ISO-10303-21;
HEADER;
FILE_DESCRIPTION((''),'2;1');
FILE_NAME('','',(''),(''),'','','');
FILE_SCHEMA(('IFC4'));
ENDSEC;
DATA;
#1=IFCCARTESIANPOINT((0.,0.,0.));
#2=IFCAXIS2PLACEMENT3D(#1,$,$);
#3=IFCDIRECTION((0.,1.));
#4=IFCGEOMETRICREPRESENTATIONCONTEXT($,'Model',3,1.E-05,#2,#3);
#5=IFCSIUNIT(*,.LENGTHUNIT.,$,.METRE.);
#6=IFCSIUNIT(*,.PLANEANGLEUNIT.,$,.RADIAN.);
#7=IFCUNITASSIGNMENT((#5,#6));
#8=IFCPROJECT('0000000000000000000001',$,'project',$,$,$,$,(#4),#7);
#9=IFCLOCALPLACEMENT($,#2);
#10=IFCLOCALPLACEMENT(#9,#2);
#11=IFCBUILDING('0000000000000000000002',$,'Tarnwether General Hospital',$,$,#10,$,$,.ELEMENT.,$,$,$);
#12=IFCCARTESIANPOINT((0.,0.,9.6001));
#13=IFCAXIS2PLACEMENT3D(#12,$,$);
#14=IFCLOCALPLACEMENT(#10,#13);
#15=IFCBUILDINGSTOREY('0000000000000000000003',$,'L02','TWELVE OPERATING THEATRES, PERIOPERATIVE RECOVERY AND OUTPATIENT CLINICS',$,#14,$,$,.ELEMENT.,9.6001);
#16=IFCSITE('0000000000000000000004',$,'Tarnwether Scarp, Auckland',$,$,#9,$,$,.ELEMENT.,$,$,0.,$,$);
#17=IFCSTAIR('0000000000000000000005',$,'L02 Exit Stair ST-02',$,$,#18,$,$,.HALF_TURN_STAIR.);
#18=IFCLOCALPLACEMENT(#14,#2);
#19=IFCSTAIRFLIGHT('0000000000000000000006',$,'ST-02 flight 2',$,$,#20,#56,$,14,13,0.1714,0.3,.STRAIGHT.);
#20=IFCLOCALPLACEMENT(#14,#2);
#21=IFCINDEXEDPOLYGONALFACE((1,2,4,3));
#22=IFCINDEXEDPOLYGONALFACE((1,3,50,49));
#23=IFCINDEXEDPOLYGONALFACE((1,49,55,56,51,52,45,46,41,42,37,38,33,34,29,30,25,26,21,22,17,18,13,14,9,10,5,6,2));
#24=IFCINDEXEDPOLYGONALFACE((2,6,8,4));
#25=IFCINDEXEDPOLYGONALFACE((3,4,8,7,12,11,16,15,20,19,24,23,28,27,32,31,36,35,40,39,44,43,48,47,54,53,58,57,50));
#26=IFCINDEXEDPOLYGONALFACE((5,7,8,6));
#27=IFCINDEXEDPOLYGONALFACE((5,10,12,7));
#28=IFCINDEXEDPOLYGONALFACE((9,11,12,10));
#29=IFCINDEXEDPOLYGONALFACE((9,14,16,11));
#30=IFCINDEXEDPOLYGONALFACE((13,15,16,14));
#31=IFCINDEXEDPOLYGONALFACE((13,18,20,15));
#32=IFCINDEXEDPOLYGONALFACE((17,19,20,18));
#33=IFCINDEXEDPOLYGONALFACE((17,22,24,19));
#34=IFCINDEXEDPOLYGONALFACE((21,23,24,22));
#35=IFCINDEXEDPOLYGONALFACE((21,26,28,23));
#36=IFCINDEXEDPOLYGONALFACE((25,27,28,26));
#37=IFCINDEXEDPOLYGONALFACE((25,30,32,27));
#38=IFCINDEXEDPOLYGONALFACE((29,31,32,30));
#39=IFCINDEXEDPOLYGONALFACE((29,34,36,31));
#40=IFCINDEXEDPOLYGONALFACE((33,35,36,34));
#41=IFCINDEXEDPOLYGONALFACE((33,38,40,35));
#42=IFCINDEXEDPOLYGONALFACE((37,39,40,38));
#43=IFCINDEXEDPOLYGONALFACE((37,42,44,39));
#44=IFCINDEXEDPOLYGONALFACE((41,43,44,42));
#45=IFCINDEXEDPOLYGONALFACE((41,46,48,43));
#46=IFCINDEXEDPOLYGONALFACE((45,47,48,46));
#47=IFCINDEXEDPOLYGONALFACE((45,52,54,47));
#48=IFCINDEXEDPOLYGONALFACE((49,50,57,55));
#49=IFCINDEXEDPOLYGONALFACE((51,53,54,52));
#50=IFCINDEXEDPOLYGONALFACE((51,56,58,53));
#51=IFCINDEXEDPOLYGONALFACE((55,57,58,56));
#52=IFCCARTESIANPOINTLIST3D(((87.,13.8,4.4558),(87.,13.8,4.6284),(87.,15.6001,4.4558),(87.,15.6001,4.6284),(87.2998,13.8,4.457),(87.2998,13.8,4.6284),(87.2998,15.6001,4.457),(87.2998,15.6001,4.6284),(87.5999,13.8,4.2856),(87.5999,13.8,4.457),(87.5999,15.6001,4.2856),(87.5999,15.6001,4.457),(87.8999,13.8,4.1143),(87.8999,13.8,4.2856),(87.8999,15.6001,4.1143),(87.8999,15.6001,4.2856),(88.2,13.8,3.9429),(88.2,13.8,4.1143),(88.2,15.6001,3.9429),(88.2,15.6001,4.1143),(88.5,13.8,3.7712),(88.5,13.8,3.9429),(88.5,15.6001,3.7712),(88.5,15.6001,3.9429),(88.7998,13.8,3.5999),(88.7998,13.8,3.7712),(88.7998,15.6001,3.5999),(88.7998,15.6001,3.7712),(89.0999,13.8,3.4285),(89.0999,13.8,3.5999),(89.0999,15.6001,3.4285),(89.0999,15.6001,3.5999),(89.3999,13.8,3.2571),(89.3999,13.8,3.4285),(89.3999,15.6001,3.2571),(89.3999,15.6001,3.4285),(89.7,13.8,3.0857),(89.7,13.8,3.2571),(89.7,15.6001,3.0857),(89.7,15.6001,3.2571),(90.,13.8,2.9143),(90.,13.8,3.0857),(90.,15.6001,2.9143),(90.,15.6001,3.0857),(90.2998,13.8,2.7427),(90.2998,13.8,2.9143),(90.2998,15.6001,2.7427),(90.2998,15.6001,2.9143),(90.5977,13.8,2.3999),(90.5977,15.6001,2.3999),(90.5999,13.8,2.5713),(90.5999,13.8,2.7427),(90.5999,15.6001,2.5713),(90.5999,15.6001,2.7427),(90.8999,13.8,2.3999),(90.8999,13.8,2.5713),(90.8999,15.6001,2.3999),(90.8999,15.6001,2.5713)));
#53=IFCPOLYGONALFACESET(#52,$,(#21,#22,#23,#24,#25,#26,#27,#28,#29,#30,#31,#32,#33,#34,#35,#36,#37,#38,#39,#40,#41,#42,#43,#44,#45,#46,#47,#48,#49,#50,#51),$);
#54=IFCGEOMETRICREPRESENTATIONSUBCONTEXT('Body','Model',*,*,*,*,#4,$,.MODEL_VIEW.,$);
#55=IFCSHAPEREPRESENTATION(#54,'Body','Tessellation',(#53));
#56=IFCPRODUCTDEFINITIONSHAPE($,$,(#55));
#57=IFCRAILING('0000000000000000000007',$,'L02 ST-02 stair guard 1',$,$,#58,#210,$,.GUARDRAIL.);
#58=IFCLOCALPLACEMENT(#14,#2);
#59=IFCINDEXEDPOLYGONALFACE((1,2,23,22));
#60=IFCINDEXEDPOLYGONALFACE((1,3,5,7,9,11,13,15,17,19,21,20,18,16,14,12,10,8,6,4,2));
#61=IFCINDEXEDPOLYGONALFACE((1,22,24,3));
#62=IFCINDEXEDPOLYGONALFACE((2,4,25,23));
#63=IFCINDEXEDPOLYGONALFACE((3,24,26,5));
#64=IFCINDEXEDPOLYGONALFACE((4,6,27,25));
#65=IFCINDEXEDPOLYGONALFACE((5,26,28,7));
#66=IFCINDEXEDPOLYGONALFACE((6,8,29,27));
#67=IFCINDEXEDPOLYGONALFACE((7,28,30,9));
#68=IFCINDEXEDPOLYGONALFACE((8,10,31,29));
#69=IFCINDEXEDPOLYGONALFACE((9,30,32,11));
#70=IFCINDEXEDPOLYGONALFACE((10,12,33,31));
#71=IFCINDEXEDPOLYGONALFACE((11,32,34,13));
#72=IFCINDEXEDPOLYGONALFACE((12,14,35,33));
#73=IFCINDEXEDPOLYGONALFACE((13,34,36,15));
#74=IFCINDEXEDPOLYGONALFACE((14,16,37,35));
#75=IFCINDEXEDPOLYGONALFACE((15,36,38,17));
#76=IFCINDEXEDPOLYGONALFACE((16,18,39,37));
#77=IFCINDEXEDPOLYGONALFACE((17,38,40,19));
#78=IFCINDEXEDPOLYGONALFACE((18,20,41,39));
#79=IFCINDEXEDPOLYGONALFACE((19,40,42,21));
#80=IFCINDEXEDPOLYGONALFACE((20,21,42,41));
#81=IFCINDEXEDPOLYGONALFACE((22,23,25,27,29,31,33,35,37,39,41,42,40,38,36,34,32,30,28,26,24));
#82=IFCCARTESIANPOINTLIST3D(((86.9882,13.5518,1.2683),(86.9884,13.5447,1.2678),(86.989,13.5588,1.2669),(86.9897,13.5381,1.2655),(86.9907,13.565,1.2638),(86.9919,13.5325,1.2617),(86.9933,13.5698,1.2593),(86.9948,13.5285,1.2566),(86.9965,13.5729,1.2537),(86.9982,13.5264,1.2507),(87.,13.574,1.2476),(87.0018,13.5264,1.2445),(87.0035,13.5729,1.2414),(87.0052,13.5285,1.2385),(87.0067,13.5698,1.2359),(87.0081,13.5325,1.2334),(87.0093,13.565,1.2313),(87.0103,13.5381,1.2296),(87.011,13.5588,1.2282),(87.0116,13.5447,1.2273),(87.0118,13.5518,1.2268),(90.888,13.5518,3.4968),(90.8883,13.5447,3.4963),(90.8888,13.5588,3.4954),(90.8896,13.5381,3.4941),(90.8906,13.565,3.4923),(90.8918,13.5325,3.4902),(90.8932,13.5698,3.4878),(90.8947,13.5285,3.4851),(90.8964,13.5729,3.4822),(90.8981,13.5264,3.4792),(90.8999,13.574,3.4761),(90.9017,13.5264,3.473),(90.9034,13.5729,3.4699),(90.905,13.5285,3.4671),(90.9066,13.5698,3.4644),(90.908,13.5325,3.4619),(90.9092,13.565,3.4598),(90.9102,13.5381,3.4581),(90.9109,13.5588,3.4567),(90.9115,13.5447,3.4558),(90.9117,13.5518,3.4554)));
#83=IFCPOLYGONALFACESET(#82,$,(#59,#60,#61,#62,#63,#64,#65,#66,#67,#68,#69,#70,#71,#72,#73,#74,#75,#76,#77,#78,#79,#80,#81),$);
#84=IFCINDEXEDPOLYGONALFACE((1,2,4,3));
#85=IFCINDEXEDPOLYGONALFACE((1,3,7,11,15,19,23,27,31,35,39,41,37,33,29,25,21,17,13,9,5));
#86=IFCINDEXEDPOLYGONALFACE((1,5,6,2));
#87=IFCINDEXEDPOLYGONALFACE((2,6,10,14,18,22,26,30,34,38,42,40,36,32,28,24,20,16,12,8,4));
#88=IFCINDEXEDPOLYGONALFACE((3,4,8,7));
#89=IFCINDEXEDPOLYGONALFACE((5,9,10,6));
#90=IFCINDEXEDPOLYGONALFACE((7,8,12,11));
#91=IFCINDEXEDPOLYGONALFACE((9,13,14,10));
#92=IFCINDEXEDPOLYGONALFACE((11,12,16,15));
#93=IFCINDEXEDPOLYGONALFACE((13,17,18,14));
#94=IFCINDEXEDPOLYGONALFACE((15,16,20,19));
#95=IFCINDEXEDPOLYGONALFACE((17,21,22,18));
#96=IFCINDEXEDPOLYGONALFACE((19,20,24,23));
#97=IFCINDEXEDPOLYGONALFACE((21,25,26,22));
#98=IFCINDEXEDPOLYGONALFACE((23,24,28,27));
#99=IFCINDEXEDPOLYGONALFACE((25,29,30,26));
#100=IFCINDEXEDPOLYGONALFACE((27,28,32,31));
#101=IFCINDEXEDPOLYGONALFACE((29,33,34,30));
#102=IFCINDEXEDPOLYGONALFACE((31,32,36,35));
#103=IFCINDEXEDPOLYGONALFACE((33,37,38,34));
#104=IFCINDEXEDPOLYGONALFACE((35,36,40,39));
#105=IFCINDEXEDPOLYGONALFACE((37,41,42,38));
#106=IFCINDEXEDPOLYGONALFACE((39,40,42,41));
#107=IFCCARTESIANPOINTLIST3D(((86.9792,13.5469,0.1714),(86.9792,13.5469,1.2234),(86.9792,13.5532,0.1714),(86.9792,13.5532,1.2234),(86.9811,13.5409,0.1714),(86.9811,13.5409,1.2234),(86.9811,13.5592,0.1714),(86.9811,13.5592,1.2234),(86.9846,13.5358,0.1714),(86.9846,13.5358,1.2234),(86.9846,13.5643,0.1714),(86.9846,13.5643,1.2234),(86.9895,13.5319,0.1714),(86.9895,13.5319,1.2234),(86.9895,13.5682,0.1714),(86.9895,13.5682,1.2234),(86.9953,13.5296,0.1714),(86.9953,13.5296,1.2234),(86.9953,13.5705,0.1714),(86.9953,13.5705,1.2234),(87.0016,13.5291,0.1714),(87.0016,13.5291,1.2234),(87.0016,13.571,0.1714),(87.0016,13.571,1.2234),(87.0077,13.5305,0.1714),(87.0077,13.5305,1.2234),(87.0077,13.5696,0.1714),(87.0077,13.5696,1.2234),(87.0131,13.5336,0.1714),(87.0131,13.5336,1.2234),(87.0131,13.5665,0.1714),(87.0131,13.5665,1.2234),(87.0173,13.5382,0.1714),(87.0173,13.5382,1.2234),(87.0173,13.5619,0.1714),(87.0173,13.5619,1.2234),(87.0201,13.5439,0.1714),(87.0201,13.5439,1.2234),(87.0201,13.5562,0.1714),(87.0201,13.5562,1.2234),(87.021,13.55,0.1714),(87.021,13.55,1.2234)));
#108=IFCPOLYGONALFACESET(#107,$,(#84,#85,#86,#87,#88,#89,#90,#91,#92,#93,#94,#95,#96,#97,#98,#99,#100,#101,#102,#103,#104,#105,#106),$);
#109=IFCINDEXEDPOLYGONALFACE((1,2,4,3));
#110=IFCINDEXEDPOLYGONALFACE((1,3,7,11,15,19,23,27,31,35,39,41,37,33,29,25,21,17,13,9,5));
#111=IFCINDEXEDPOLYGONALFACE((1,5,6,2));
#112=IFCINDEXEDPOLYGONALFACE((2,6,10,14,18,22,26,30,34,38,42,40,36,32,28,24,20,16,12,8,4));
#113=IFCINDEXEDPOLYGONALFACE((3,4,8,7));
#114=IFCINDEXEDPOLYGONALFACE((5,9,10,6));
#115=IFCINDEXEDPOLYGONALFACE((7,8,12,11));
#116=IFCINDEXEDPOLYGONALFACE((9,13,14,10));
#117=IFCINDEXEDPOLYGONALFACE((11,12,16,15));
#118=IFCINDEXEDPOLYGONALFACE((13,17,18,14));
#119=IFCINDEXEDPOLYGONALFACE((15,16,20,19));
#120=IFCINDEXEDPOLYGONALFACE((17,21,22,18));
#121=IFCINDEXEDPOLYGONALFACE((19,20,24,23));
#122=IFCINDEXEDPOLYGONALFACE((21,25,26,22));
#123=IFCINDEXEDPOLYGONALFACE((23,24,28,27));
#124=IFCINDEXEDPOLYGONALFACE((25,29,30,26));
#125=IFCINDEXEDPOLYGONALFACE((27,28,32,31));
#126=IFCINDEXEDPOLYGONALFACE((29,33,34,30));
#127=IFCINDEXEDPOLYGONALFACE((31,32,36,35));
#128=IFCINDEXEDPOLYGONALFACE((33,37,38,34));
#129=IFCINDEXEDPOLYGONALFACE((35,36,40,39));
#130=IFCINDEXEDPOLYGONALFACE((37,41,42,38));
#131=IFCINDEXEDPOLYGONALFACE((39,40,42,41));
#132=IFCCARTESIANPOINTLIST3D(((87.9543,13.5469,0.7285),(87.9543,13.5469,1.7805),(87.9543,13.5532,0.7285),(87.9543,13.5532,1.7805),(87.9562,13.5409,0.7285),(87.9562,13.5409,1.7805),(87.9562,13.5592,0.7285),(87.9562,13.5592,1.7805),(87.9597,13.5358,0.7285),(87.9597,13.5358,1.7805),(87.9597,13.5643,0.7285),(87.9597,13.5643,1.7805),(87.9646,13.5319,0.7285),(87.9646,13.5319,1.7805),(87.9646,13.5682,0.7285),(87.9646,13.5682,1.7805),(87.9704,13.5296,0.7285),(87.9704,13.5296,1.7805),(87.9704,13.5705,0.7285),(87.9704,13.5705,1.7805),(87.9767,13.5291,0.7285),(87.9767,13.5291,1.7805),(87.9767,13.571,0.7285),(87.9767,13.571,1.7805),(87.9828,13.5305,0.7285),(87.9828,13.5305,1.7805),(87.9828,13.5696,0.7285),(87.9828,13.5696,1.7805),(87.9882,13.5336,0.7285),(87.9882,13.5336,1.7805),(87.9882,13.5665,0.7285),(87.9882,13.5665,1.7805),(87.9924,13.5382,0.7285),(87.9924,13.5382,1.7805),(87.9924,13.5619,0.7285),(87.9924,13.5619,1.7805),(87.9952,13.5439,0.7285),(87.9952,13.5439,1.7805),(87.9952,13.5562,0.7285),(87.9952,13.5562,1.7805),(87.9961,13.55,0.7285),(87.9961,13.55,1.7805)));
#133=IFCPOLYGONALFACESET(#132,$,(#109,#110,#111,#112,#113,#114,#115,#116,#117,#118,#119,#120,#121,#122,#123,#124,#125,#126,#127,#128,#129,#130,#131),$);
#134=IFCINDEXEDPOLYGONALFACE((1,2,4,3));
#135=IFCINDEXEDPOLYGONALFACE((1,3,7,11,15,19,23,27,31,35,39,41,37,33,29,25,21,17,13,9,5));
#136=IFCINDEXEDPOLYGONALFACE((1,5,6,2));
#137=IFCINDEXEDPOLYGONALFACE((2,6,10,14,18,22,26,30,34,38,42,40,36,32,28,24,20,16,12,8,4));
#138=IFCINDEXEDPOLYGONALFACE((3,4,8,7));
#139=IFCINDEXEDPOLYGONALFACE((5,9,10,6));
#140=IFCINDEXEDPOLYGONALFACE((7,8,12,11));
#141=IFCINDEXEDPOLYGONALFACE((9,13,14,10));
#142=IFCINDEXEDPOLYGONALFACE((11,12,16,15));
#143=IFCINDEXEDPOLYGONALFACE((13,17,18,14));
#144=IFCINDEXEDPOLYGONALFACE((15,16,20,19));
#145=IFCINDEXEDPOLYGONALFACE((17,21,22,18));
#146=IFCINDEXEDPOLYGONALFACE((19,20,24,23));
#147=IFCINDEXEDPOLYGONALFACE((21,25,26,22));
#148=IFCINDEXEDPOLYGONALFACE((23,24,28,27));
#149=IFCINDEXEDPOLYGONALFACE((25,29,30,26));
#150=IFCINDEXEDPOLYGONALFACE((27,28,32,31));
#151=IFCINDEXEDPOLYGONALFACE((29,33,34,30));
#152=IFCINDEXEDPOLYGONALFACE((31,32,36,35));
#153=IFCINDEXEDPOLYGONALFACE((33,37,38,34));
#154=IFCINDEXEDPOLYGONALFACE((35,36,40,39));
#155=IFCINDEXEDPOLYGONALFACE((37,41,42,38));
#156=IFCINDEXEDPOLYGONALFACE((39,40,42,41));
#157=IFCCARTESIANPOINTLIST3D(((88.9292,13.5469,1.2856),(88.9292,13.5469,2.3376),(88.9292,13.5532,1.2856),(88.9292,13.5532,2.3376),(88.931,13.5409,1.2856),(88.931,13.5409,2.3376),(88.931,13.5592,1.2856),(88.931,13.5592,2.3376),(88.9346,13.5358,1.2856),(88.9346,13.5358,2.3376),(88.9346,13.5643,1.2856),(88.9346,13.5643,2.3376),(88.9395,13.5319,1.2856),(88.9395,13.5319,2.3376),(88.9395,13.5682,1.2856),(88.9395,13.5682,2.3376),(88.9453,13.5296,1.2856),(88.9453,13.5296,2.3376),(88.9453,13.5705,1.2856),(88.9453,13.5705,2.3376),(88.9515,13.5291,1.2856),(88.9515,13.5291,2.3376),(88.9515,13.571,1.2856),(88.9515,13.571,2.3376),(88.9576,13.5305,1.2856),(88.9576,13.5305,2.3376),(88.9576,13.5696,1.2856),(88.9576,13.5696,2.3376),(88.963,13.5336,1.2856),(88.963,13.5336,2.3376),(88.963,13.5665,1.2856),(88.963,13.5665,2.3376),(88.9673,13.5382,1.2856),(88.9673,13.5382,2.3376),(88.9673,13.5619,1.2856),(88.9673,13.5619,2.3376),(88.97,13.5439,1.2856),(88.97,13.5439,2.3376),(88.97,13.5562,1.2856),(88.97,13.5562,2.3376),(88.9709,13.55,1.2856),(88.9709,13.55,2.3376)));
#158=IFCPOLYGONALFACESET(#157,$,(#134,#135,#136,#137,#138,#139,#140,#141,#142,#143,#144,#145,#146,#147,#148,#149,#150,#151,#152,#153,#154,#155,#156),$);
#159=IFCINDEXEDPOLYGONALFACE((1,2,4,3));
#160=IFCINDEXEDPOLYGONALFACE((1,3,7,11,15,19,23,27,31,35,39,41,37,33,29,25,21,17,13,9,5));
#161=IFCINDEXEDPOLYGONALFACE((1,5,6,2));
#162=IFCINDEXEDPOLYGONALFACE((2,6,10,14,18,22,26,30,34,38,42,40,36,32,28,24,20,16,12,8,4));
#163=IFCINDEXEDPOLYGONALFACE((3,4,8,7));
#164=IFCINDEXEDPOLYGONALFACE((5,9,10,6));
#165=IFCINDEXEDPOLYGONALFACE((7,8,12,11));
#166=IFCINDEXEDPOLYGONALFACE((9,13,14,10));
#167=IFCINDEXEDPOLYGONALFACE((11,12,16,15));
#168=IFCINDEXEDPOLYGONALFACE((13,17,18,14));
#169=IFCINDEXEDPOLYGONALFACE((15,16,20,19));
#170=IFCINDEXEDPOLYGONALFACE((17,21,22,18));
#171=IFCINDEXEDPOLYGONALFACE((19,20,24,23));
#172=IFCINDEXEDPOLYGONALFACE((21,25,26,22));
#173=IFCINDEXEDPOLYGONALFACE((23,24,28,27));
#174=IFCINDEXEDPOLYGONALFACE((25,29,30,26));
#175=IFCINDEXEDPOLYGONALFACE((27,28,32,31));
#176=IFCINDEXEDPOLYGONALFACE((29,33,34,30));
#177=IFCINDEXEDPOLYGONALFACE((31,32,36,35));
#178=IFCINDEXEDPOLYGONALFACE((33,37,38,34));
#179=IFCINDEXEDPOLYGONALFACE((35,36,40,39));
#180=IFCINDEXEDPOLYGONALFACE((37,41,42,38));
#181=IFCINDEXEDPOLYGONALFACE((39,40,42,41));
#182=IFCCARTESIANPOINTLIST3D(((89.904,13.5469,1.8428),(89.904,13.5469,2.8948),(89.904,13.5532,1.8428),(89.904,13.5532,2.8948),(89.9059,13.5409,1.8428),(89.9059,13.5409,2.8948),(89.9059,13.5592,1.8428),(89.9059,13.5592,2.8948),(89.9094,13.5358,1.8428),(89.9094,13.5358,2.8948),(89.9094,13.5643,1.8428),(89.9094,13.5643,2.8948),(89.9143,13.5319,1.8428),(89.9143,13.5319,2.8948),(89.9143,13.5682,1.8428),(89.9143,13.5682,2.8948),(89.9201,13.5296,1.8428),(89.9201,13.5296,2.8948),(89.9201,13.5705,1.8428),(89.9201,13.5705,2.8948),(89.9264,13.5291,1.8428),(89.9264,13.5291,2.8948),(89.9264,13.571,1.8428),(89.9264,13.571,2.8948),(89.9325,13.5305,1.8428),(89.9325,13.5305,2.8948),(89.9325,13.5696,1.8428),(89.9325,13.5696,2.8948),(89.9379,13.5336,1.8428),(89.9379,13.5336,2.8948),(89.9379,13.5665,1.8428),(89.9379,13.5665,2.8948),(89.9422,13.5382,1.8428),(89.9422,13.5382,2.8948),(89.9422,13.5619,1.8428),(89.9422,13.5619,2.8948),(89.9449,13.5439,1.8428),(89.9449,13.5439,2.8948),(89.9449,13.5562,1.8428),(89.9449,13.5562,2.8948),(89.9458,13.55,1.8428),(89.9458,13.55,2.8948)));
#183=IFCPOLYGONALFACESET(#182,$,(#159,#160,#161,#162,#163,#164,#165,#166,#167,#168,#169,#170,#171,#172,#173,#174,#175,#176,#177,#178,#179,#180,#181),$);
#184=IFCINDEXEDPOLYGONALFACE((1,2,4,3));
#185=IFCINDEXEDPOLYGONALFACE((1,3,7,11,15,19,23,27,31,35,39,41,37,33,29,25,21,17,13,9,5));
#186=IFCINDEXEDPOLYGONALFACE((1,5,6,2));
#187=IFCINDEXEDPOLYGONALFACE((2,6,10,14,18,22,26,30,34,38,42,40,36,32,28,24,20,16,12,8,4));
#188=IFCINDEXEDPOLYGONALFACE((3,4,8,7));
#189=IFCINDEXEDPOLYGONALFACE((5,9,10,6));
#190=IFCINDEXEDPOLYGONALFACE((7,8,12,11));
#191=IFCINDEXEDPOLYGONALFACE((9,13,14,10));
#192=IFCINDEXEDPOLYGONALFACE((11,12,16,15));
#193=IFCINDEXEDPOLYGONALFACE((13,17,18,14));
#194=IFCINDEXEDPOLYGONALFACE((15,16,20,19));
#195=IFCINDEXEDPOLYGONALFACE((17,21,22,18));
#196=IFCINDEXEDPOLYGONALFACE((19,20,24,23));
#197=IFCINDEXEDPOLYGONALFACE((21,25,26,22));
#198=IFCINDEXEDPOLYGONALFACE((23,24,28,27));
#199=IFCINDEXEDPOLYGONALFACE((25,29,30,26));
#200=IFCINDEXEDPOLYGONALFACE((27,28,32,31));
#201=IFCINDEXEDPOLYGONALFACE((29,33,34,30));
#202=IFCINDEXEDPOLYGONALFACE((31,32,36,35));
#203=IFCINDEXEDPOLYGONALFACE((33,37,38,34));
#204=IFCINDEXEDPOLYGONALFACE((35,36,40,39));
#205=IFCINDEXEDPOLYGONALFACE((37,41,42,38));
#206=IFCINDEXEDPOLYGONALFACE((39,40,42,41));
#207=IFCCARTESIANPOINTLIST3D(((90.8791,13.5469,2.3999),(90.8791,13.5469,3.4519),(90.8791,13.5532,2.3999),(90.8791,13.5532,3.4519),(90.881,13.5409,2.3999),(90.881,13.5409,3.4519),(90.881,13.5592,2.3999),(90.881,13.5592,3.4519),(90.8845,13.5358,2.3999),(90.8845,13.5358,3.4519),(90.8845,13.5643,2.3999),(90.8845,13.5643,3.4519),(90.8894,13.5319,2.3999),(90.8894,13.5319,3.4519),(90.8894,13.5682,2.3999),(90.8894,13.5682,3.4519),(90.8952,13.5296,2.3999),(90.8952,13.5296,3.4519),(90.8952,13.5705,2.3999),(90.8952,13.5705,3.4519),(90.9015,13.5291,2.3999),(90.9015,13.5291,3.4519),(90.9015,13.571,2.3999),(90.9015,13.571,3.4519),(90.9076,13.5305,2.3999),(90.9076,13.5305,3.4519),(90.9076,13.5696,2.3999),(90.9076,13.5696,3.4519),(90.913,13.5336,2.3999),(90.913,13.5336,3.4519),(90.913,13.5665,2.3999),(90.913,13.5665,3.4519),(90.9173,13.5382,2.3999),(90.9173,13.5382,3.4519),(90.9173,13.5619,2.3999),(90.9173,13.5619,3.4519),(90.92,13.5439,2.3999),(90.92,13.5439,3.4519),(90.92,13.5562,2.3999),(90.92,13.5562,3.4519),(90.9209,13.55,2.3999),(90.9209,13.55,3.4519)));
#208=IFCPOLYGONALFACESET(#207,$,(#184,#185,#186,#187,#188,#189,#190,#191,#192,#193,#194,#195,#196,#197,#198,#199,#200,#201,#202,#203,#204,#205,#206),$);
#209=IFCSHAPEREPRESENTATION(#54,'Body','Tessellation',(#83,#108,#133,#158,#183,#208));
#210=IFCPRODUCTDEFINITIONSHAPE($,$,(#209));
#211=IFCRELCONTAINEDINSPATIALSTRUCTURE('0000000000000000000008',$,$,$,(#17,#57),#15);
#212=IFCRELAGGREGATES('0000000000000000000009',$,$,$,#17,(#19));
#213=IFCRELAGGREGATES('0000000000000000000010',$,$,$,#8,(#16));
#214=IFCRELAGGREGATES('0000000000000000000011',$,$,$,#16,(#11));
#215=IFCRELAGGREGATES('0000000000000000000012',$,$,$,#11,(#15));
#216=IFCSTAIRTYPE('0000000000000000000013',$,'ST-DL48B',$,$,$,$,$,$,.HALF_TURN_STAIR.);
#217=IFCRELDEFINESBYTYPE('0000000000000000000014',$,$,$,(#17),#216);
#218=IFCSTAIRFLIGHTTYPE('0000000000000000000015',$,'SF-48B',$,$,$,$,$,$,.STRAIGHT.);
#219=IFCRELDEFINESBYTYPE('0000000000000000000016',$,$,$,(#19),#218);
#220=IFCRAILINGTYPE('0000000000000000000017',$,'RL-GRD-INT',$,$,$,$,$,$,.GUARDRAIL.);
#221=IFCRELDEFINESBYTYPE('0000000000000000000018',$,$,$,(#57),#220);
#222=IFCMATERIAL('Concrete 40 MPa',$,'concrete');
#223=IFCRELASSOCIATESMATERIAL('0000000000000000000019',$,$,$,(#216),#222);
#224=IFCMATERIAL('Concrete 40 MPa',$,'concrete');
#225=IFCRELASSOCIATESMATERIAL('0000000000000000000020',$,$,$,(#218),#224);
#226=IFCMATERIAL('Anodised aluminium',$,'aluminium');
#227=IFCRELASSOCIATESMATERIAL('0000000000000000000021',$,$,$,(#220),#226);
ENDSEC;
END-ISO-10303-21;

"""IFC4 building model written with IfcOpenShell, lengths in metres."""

from ifc_helpers import new_model, si_unit, direction, frame, origin, origin_2d, place, context, subcontext, project, spatial, polyline, circle, outline, extrude, material, type_object, element, aggregate, save


model = new_model("IFC4")

# Units and contexts
model_context = context("Model", 3, precision=1e-05, world=origin(), true_north=direction((0.0, 1.0)))
body_context = subcontext(model_context, "Body", "Model", "MODEL_VIEW")
ifc_project = project(units=[si_unit("LENGTHUNIT", "METRE"), si_unit("PLANEANGLEUNIT", "RADIAN")], contexts=[model_context])

# Site, building, storey
site_placement = place(None, origin())
site = spatial("IfcSite", under=ifc_project, at=site_placement, Name="Tarnwether Scarp, Auckland", CompositionType="ELEMENT", RefElevation=0.0)
building_placement = place(site_placement, origin())
building = spatial("IfcBuilding", under=site, at=building_placement, Name="Tarnwether General Hospital", CompositionType="ELEMENT")
storey_placement = place(building_placement, frame((0.0, 0.0, 9.6001)))
storey = spatial("IfcBuildingStorey", under=building, at=storey_placement, Name="L02", Description="TWELVE OPERATING THEATRES, PERIOPERATIVE RECOVERY AND OUTPATIENT CLINICS", CompositionType="ELEMENT", Elevation=9.6001)

# Stair, stair flight
ifc_material_1 = material(Name="Concrete 40 MPa", Category="concrete")
stair_type = type_object("IfcStairType", Name="ST-DL48B", PredefinedType="HALF_TURN_STAIR", material=ifc_material_1)
stair_placement = place(storey_placement, origin())
stair = element("IfcStair", 1, at=stair_placement, inside=storey, type_object=stair_type, Name="L02 Exit Stair ST-02", PredefinedType="HALF_TURN_STAIR")
ifc_material_2 = material(Name="Concrete 40 MPa", Category="concrete")
stair_flight_type = type_object("IfcStairFlightType", Name="SF-48B", PredefinedType="STRAIGHT", material=ifc_material_2)
stair_flight_1_placement = place(storey_placement, frame((90.8999, 14.7, 2.3999), z_axis=(0.0, 0.0, 1.0), x_axis=(-1.0, 0.0, 0.0)))
stair_flight_1 = element("IfcStairFlight", 2, at=stair_flight_1_placement, type_object=stair_flight_type, Name="ST-02 flight 2", NumberOfRisers=14, NumberOfTreads=13, PredefinedType="STRAIGHT", RiserHeight=0.1714, TreadLength=0.3, context=body_context, shape_type="SweptSolid", body=[
    extrude(outline(polyline([(0.0, 0.0), (0.0, 0.1714), (0.3, 0.1714), (0.3, 0.3428), (0.6001, 0.3428), (0.6001, 0.5144), (0.8999, 0.5144), (0.8999, 0.6858), (1.2, 0.6858), (1.2, 0.8572), (1.5, 0.8572), (1.5, 1.0286), (1.8, 1.0286), (1.8, 1.2), (2.1001, 1.2), (2.1001, 1.3713), (2.3999, 1.3713), (2.3999, 1.543), (2.7, 1.543), (2.7, 1.7144), (3.0, 1.7144), (3.0, 1.8857), (3.3, 1.8857), (3.3, 2.0571), (3.6001, 2.0571), (3.6001, 2.2285), (3.8999, 2.2285), (3.8999, 2.3999), (3.8999, 2.0559), (0.3022, 0.0), (0.0, 0.0)])), frame((0.0, 0.8999, 0.0), z_axis=(0.0, -1.0, 0.0), x_axis=(1.0, 0.0, 0.0)), (0.0, 0.0, 1.0), 1.8),
])
aggregate(stair, [stair_flight_1])

# Railing
ifc_material_3 = material(Name="Anodised aluminium", Category="aluminium")
railing_type_1 = type_object("IfcRailingType", Name="RL-GRD-INT", PredefinedType="GUARDRAIL", material=ifc_material_3)
railing_1_placement = place(storey_placement, frame((87.0, 13.55, 0.1714)))
element("IfcRailing", 3, at=railing_1_placement, inside=storey, type_object=railing_type_1, Name="L02 ST-02 stair guard 1", PredefinedType="GUARDRAIL", context=body_context, shape_type="SweptSolid", body=[
    extrude(circle(Radius=0.0239, at=origin_2d()), frame((0.0, 0.0, 1.0762), z_axis=(0.868243, 0.0, 0.496139), x_axis=(0.0, 1.0, 0.0)), (0.0, 0.0, 1.0), 4.4917),
    extrude(circle(Radius=0.021, at=origin_2d()), origin(), (0.0, 0.0, 1.0), 1.052),
    extrude(circle(Radius=0.021, at=origin_2d()), frame((0.9751, 0.0, 0.5571)), (0.0, 0.0, 1.0), 1.052),
    extrude(circle(Radius=0.021, at=origin_2d()), frame((1.95, 0.0, 1.1143)), (0.0, 0.0, 1.0), 1.052),
    extrude(circle(Radius=0.021, at=origin_2d()), frame((2.9248, 0.0, 1.6714)), (0.0, 0.0, 1.0), 1.052),
    extrude(circle(Radius=0.021, at=origin_2d()), frame((3.8999, 0.0, 2.2285)), (0.0, 0.0, 1.0), 1.052),
])

save(model, "model.ifc")
